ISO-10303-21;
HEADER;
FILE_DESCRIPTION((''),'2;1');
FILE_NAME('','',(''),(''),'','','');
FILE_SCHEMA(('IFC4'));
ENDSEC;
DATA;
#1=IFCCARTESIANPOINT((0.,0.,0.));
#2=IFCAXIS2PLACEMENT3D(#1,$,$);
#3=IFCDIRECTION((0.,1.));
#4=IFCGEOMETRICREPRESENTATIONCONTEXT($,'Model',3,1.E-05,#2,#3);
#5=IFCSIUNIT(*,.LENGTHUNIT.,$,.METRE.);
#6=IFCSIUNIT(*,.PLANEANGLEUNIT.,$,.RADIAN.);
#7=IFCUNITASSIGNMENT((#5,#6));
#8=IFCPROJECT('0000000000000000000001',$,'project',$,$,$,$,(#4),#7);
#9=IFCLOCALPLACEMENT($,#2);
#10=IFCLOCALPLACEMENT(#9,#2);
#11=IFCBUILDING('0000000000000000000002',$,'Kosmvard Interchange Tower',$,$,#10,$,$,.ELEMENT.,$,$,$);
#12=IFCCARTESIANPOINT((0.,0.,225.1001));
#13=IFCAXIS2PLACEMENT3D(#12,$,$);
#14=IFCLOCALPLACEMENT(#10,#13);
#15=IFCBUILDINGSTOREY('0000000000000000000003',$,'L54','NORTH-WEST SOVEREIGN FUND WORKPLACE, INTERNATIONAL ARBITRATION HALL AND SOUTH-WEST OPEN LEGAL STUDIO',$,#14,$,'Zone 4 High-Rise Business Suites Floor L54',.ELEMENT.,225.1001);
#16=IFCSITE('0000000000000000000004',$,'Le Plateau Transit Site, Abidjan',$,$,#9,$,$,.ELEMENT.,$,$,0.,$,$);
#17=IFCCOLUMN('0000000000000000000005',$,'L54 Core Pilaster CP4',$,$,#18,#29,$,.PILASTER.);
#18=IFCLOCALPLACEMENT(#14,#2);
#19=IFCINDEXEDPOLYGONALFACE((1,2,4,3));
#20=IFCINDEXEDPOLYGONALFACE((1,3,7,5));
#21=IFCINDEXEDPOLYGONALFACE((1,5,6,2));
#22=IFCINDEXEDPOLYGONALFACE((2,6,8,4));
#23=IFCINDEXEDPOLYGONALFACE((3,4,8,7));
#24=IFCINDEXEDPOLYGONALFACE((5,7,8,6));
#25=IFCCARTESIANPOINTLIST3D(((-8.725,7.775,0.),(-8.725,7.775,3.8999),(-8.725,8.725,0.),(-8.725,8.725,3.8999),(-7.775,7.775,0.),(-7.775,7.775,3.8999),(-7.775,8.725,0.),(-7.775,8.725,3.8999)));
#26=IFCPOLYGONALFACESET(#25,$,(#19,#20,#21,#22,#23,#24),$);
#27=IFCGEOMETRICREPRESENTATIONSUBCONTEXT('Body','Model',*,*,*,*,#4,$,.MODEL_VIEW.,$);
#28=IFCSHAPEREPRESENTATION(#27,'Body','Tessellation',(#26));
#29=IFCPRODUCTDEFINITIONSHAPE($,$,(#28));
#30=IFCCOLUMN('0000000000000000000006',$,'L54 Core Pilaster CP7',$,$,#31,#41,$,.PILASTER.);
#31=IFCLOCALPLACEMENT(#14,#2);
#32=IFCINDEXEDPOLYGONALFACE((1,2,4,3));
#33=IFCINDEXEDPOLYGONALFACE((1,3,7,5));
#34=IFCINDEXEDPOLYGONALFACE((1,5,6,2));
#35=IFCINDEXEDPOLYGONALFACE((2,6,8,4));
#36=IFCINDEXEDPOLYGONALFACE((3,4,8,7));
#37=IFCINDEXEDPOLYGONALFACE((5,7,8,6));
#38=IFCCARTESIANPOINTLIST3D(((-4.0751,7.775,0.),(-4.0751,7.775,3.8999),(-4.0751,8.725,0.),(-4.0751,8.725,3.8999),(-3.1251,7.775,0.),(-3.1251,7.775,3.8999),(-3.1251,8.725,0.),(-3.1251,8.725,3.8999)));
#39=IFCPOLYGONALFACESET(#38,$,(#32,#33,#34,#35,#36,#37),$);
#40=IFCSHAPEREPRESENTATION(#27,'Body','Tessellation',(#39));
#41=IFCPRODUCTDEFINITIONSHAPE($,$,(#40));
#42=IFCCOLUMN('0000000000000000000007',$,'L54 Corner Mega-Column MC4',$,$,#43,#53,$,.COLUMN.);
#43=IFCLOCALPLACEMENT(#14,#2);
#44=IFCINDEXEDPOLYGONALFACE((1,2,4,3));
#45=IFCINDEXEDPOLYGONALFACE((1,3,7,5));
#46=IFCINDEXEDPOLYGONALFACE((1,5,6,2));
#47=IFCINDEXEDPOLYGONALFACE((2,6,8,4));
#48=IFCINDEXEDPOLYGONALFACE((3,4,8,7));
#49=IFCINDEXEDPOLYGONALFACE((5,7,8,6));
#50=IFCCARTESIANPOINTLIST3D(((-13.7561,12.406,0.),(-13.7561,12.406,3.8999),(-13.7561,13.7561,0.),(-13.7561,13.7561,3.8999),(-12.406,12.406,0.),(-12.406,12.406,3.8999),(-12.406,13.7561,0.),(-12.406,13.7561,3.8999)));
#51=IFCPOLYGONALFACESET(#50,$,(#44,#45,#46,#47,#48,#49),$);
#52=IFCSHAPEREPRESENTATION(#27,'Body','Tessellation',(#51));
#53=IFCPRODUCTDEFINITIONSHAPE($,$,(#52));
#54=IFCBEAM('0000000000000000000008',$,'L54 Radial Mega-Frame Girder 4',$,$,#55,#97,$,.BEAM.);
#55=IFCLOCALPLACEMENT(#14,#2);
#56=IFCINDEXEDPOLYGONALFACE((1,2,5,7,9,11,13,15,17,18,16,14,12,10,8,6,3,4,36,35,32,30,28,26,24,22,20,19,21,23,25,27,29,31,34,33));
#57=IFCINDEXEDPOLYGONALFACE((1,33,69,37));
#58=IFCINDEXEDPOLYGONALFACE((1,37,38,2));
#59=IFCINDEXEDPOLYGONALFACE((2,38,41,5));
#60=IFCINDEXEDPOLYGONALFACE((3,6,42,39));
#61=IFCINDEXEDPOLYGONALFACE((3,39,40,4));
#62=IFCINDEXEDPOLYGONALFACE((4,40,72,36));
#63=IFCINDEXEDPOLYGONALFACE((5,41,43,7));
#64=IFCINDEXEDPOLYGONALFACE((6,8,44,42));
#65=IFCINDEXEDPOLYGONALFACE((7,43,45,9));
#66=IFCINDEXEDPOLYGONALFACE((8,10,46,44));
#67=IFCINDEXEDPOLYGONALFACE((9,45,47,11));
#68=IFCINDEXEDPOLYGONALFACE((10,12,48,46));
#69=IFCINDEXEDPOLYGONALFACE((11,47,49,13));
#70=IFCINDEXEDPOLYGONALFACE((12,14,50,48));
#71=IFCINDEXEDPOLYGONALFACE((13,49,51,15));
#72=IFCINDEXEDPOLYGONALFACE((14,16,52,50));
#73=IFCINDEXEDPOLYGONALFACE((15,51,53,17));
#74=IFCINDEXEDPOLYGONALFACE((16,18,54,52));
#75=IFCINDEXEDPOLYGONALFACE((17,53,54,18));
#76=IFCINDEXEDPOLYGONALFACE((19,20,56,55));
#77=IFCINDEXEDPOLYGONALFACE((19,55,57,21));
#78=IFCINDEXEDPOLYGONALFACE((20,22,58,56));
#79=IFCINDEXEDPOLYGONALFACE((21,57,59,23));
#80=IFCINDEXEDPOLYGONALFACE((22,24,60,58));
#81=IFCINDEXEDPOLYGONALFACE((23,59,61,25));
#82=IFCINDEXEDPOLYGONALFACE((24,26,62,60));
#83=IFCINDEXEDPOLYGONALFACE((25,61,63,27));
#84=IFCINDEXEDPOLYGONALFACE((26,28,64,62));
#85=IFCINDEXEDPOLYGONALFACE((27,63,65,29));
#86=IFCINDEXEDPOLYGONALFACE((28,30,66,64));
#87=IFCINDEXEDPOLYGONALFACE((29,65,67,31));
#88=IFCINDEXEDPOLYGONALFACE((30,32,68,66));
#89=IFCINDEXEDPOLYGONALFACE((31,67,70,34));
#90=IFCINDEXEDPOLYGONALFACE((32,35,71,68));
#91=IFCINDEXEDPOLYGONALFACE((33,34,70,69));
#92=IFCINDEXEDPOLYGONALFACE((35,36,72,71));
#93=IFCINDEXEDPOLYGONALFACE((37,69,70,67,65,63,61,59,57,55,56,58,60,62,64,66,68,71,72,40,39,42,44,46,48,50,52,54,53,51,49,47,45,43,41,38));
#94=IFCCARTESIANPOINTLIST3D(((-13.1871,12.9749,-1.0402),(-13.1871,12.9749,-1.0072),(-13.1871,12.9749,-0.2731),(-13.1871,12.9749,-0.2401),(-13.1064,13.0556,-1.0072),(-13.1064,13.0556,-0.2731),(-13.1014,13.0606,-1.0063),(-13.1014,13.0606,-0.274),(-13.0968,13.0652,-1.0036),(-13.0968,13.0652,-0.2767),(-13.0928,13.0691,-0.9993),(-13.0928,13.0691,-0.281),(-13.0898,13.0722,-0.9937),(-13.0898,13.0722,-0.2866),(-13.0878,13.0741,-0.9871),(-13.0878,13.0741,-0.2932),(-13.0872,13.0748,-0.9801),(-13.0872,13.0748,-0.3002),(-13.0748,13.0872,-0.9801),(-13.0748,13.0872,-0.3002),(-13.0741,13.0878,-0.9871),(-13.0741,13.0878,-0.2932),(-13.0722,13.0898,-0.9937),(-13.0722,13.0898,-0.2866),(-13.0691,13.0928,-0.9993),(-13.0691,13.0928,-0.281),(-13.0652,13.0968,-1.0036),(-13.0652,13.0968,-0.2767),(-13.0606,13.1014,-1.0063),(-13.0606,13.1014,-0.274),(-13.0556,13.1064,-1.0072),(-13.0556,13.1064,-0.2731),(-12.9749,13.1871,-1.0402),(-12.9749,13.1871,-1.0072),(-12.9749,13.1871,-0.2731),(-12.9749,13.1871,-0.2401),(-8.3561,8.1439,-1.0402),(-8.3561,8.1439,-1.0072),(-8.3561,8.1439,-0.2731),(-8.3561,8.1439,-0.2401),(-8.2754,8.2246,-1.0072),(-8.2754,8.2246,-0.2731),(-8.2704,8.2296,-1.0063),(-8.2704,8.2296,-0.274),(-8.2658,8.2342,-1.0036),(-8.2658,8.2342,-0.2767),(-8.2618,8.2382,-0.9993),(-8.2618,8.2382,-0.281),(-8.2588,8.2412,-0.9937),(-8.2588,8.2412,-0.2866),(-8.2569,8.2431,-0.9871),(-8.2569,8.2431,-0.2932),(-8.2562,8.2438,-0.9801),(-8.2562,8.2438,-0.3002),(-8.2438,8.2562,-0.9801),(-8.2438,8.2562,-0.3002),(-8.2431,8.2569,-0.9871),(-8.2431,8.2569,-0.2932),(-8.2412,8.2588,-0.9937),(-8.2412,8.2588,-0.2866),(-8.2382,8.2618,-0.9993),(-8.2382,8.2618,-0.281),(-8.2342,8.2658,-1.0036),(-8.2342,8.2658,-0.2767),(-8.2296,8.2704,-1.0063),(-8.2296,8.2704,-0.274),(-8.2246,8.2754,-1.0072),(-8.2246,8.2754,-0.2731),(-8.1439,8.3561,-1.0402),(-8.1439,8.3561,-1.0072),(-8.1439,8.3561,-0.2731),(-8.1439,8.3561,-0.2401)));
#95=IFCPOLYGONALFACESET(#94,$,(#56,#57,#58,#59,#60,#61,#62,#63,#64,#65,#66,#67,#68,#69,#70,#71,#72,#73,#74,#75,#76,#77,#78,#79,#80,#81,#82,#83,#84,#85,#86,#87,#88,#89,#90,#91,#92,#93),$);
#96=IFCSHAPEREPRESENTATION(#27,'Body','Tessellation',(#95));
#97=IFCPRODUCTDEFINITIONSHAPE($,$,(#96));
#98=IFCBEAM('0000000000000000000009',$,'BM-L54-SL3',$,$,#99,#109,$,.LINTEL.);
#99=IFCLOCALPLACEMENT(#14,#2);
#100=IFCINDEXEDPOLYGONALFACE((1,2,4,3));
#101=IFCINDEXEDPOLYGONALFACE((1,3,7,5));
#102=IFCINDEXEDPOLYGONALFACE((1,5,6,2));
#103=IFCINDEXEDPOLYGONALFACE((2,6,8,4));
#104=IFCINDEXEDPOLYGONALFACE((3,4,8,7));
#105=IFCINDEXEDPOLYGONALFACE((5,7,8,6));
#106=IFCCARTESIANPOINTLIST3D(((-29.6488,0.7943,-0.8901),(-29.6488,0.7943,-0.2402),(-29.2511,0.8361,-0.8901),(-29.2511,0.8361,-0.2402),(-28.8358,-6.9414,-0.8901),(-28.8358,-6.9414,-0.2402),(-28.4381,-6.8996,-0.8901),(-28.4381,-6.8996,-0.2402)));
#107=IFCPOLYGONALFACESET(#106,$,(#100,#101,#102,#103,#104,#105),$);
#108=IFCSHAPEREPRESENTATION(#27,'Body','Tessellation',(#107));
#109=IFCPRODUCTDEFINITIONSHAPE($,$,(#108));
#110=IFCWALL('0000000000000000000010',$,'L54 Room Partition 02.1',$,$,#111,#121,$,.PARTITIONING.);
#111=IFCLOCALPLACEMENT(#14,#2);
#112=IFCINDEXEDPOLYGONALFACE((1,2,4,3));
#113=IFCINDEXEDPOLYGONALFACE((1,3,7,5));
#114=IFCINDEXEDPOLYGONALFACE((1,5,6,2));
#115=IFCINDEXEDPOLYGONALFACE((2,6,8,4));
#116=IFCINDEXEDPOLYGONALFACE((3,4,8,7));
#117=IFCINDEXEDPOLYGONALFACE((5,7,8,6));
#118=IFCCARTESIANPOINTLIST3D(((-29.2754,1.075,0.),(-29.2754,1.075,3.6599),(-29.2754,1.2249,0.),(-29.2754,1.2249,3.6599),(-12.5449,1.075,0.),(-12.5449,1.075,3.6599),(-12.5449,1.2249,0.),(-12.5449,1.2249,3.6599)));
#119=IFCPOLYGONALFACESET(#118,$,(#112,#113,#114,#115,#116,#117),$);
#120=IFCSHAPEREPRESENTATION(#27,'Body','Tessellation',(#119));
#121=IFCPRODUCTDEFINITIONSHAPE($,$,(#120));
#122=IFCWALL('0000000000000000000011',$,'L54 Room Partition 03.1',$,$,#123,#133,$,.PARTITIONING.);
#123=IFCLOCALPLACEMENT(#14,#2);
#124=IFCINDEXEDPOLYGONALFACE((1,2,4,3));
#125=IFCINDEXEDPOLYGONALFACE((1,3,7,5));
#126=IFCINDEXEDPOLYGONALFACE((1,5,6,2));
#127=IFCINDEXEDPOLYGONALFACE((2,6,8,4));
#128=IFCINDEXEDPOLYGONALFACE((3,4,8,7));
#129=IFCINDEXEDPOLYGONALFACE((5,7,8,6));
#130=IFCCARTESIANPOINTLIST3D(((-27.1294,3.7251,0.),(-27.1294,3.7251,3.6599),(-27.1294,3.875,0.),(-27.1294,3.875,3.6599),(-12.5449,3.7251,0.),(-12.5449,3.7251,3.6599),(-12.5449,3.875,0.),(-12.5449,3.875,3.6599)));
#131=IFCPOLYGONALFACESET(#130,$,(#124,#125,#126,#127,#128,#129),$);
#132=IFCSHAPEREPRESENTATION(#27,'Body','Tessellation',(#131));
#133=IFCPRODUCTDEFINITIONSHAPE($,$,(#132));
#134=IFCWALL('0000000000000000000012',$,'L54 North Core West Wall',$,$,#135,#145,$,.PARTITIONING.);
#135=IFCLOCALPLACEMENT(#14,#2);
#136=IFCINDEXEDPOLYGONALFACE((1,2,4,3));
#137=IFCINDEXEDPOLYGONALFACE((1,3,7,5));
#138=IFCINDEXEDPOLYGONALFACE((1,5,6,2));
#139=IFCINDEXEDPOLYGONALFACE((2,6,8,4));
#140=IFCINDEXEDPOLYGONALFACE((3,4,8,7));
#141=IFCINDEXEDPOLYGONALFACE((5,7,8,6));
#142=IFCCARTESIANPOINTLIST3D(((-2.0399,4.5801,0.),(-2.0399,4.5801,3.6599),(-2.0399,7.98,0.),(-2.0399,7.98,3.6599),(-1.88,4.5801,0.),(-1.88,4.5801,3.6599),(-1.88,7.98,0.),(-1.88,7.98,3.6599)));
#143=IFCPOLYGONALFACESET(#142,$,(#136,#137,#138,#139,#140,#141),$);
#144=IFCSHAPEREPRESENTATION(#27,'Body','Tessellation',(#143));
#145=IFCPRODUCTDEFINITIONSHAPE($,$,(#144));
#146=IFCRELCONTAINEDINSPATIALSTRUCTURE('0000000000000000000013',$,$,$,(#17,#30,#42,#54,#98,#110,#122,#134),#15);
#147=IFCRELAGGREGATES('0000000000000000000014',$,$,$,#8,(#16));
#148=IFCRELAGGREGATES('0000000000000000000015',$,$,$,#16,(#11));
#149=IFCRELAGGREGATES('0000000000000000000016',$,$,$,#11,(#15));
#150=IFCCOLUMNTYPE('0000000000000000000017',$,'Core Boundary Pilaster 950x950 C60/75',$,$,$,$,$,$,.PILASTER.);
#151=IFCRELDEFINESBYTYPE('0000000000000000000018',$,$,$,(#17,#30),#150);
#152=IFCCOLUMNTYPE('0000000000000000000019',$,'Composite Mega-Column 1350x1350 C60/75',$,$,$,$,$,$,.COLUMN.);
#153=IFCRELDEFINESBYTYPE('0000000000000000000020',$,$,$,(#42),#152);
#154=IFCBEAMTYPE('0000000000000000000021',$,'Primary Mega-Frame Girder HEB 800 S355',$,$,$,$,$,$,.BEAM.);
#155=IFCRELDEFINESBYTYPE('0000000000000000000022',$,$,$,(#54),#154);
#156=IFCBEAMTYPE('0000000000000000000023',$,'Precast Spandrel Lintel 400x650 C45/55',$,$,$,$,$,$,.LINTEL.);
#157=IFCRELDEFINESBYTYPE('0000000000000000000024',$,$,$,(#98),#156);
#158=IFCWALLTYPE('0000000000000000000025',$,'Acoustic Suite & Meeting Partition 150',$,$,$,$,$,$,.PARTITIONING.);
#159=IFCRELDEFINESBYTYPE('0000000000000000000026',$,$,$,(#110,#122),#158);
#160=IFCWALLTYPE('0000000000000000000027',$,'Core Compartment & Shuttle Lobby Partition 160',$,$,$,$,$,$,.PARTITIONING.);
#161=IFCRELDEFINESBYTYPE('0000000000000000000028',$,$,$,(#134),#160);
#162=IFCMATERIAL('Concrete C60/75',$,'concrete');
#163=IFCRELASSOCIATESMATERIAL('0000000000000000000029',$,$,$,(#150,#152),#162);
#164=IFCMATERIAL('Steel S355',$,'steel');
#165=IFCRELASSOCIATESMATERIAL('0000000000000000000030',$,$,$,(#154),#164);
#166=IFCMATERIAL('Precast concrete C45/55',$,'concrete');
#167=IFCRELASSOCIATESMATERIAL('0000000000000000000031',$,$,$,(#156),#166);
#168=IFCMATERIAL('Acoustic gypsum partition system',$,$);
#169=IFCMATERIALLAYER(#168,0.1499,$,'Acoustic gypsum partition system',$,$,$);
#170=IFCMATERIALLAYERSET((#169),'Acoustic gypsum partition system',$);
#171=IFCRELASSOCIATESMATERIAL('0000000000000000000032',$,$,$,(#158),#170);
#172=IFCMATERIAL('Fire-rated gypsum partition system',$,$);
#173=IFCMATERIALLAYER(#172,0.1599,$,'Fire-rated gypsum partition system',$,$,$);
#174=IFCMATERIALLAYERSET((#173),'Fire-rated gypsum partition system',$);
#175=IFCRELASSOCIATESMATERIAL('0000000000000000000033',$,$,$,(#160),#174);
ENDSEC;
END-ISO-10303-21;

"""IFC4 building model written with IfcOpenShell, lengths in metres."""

from ifc_helpers import new_model, si_unit, direction, frame, frame_2d, origin, origin_2d, place, context, subcontext, project, spatial, rectangle, i_section, extrude, source, transform, mapped, material, layer, layer_set, material_profile, profile_set, type_object, element, save


model = new_model("IFC4")

# Units and contexts
model_context = context("Model", 3, precision=1e-05, world=origin(), true_north=direction((0.0, 1.0)))
body_context = subcontext(model_context, "Body", "Model", "MODEL_VIEW")
ifc_project = project(units=[si_unit("LENGTHUNIT", "METRE"), si_unit("PLANEANGLEUNIT", "RADIAN")], contexts=[model_context])

# Site, building, storey
site_placement = place(None, origin())
site = spatial("IfcSite", under=ifc_project, at=site_placement, Name="Le Plateau Transit Site, Abidjan", CompositionType="ELEMENT", RefElevation=0.0)
building_placement = place(site_placement, origin())
building = spatial("IfcBuilding", under=site, at=building_placement, Name="Kosmvard Interchange Tower", CompositionType="ELEMENT")
storey_placement = place(building_placement, frame((0.0, 0.0, 225.1001)))
storey = spatial("IfcBuildingStorey", under=building, at=storey_placement, Name="L54", Description="NORTH-WEST SOVEREIGN FUND WORKPLACE, INTERNATIONAL ARBITRATION HALL AND SOUTH-WEST OPEN LEGAL STUDIO", LongName="Zone 4 High-Rise Business Suites Floor L54", CompositionType="ELEMENT", Elevation=225.1001)

# Columns
ifc_material_1 = material(Name="Concrete C60/75", Category="concrete")
ifc_material_profile_1 = material_profile(ifc_material_1, rectangle(XDim=0.95, YDim=0.95, at=origin_2d()), Name="CP 950x950")
ifc_profile_set_1 = profile_set([ifc_material_profile_1], Name="Concrete C60/75")
column_type_1 = type_object("IfcColumnType", Name="Core Boundary Pilaster 950x950 C60/75", PredefinedType="PILASTER", material=ifc_profile_set_1)
shared_shape_1 = source(origin(), body_context, "Body", "SweptSolid", [
    extrude(rectangle(XDim=0.95, YDim=0.95, at=origin_2d()), origin(), (0.0, 0.0, 1.0), 3.8999),
])
for number, where, z_axis, x_axis, name in (
    (1, (-8.25, 8.25, 0.0), (0.0, 0.0, 1.0), (1.0, 0.0, 0.0), "L54 Core Pilaster CP4"),
    (2, (-3.6001, 8.25, 0.0), (0.0, 0.0, 1.0), (1.0, 0.0, 0.0), "L54 Core Pilaster CP7"),
):
    element("IfcColumn", number, at=place(storey_placement, frame(where, z_axis=z_axis, x_axis=x_axis)), inside=storey, type_object=column_type_1, Name=name, PredefinedType="PILASTER", context=body_context, shape_type="MappedRepresentation", body=[
        mapped(shared_shape_1, transform((0.0, 0.0, 0.0), scale=1.0)),
    ])
ifc_material_profile_2 = material_profile(ifc_material_1, rectangle(XDim=1.3501, YDim=1.3501, at=origin_2d()), Name="MC 1350x1350")
ifc_profile_set_2 = profile_set([ifc_material_profile_2], Name="Concrete C60/75")
column_type_2 = type_object("IfcColumnType", Name="Composite Mega-Column 1350x1350 C60/75", PredefinedType="COLUMN", material=ifc_profile_set_2)
shared_shape_2 = source(origin(), body_context, "Body", "SweptSolid", [
    extrude(rectangle(XDim=1.3501, YDim=1.3501, at=origin_2d()), origin(), (0.0, 0.0, 1.0), 3.8999),
])
column_placement = place(storey_placement, frame((-13.0811, 13.0811, 0.0), z_axis=(0.0, 0.0, 1.0), x_axis=(1.0, 0.0, 0.0)))
element("IfcColumn", 3, at=column_placement, inside=storey, type_object=column_type_2, Name="L54 Corner Mega-Column MC4", PredefinedType="COLUMN", context=body_context, shape_type="MappedRepresentation", body=[
    mapped(shared_shape_2, transform((0.0, 0.0, 0.0), scale=1.0)),
])

# Beams
ifc_material_2 = material(Name="Steel S355", Category="steel")
ifc_material_profile_3 = material_profile(ifc_material_2, i_section(OverallWidth=0.3, OverallDepth=0.8, WebThickness=0.0176, FlangeThickness=0.033, FilletRadius=0.0271, at=origin_2d()), Name="HEB 800")
ifc_profile_set_3 = profile_set([ifc_material_profile_3], Name="Steel S355")
beam_type_1 = type_object("IfcBeamType", Name="Primary Mega-Frame Girder HEB 800 S355", PredefinedType="BEAM", material=ifc_profile_set_3)
shared_shape_3 = source(origin(), body_context, "Body", "SweptSolid", [
    extrude(i_section(OverallWidth=0.3, OverallDepth=0.8, WebThickness=0.0176, FlangeThickness=0.033, FilletRadius=0.0271, at=origin_2d()), origin(), (0.0, 0.0, 1.0), 6.832),
])
beam_1_placement = place(storey_placement, frame((-8.25, 8.25, -0.6401), z_axis=(-0.707107, 0.707107, 0.0), x_axis=(-0.707107, -0.707107, 0.0)))
element("IfcBeam", 4, at=beam_1_placement, inside=storey, type_object=beam_type_1, Name="L54 Radial Mega-Frame Girder 4", PredefinedType="BEAM", context=body_context, shape_type="MappedRepresentation", body=[
    mapped(shared_shape_3, transform((0.0, 0.0, 0.0), scale=1.0)),
])
ifc_material_3 = material(Name="Precast concrete C45/55", Category="concrete")
ifc_material_profile_4 = material_profile(ifc_material_3, rectangle(XDim=0.3999, YDim=0.6499, at=origin_2d()), Name="SL 400x650")
ifc_profile_set_4 = profile_set([ifc_material_profile_4], Name="Precast concrete C45/55")
beam_type_2 = type_object("IfcBeamType", Name="Precast Spandrel Lintel 400x650 C45/55", PredefinedType="LINTEL", material=ifc_profile_set_4)
shared_shape_4 = source(origin(), body_context, "Body", "SweptSolid", [
    extrude(rectangle(XDim=0.3999, YDim=0.6499, at=origin_2d()), origin(), (0.0, 0.0, 1.0), 7.7783),
])
beam_2_placement = place(storey_placement, frame((-29.45, 0.8152, -0.5652), z_axis=(0.104521, -0.994523, 0.0), x_axis=(0.994523, 0.104521, 0.0)))
element("IfcBeam", 5, at=beam_2_placement, inside=storey, type_object=beam_type_2, Name="BM-L54-SL3", PredefinedType="LINTEL", context=body_context, shape_type="MappedRepresentation", body=[
    mapped(shared_shape_4, transform((0.0, 0.0, 0.0), scale=1.0)),
])

# Walls
ifc_material_4 = material(Name="Acoustic gypsum partition system")
ifc_layer_1 = layer(ifc_material_4, 0.1499, Name="Acoustic gypsum partition system")
ifc_layer_set_1 = layer_set([ifc_layer_1], Name="Acoustic gypsum partition system")
wall_type_1 = type_object("IfcWallType", Name="Acoustic Suite & Meeting Partition 150", PredefinedType="PARTITIONING", material=ifc_layer_set_1)
wall_1_placement = place(storey_placement, frame((-29.2754, 1.1499, 0.0), z_axis=(0.0, 0.0, 1.0), x_axis=(1.0, 0.0, 0.0)))
element("IfcWall", 6, at=wall_1_placement, inside=storey, type_object=wall_type_1, Name="L54 Room Partition 02.1", PredefinedType="PARTITIONING", context=body_context, shape_type="SweptSolid", body=[
    extrude(rectangle(XDim=16.7305, YDim=0.1499, at=frame_2d((8.3652, 0.0))), origin(), (0.0, 0.0, 1.0), 3.6599),
])
wall_2_placement = place(storey_placement, frame((-27.1294, 3.8, 0.0), z_axis=(0.0, 0.0, 1.0), x_axis=(1.0, 0.0, 0.0)))
element("IfcWall", 7, at=wall_2_placement, inside=storey, type_object=wall_type_1, Name="L54 Room Partition 03.1", PredefinedType="PARTITIONING", context=body_context, shape_type="SweptSolid", body=[
    extrude(rectangle(XDim=14.5845, YDim=0.1499, at=frame_2d((7.2922, 0.0))), origin(), (0.0, 0.0, 1.0), 3.6599),
])
ifc_material_5 = material(Name="Fire-rated gypsum partition system")
ifc_layer_2 = layer(ifc_material_5, 0.1599, Name="Fire-rated gypsum partition system")
ifc_layer_set_2 = layer_set([ifc_layer_2], Name="Fire-rated gypsum partition system")
wall_type_2 = type_object("IfcWallType", Name="Core Compartment & Shuttle Lobby Partition 160", PredefinedType="PARTITIONING", material=ifc_layer_set_2)
wall_3_placement = place(storey_placement, frame((-1.96, 4.5801, 0.0), z_axis=(0.0, 0.0, 1.0), x_axis=(0.0, 1.0, 0.0)))
element("IfcWall", 8, at=wall_3_placement, inside=storey, type_object=wall_type_2, Name="L54 North Core West Wall", PredefinedType="PARTITIONING", context=body_context, shape_type="SweptSolid", body=[
    extrude(rectangle(XDim=3.3999, YDim=0.1599, at=frame_2d((1.7, 0.0))), origin(), (0.0, 0.0, 1.0), 3.6599),
])

save(model, "model.ifc")
